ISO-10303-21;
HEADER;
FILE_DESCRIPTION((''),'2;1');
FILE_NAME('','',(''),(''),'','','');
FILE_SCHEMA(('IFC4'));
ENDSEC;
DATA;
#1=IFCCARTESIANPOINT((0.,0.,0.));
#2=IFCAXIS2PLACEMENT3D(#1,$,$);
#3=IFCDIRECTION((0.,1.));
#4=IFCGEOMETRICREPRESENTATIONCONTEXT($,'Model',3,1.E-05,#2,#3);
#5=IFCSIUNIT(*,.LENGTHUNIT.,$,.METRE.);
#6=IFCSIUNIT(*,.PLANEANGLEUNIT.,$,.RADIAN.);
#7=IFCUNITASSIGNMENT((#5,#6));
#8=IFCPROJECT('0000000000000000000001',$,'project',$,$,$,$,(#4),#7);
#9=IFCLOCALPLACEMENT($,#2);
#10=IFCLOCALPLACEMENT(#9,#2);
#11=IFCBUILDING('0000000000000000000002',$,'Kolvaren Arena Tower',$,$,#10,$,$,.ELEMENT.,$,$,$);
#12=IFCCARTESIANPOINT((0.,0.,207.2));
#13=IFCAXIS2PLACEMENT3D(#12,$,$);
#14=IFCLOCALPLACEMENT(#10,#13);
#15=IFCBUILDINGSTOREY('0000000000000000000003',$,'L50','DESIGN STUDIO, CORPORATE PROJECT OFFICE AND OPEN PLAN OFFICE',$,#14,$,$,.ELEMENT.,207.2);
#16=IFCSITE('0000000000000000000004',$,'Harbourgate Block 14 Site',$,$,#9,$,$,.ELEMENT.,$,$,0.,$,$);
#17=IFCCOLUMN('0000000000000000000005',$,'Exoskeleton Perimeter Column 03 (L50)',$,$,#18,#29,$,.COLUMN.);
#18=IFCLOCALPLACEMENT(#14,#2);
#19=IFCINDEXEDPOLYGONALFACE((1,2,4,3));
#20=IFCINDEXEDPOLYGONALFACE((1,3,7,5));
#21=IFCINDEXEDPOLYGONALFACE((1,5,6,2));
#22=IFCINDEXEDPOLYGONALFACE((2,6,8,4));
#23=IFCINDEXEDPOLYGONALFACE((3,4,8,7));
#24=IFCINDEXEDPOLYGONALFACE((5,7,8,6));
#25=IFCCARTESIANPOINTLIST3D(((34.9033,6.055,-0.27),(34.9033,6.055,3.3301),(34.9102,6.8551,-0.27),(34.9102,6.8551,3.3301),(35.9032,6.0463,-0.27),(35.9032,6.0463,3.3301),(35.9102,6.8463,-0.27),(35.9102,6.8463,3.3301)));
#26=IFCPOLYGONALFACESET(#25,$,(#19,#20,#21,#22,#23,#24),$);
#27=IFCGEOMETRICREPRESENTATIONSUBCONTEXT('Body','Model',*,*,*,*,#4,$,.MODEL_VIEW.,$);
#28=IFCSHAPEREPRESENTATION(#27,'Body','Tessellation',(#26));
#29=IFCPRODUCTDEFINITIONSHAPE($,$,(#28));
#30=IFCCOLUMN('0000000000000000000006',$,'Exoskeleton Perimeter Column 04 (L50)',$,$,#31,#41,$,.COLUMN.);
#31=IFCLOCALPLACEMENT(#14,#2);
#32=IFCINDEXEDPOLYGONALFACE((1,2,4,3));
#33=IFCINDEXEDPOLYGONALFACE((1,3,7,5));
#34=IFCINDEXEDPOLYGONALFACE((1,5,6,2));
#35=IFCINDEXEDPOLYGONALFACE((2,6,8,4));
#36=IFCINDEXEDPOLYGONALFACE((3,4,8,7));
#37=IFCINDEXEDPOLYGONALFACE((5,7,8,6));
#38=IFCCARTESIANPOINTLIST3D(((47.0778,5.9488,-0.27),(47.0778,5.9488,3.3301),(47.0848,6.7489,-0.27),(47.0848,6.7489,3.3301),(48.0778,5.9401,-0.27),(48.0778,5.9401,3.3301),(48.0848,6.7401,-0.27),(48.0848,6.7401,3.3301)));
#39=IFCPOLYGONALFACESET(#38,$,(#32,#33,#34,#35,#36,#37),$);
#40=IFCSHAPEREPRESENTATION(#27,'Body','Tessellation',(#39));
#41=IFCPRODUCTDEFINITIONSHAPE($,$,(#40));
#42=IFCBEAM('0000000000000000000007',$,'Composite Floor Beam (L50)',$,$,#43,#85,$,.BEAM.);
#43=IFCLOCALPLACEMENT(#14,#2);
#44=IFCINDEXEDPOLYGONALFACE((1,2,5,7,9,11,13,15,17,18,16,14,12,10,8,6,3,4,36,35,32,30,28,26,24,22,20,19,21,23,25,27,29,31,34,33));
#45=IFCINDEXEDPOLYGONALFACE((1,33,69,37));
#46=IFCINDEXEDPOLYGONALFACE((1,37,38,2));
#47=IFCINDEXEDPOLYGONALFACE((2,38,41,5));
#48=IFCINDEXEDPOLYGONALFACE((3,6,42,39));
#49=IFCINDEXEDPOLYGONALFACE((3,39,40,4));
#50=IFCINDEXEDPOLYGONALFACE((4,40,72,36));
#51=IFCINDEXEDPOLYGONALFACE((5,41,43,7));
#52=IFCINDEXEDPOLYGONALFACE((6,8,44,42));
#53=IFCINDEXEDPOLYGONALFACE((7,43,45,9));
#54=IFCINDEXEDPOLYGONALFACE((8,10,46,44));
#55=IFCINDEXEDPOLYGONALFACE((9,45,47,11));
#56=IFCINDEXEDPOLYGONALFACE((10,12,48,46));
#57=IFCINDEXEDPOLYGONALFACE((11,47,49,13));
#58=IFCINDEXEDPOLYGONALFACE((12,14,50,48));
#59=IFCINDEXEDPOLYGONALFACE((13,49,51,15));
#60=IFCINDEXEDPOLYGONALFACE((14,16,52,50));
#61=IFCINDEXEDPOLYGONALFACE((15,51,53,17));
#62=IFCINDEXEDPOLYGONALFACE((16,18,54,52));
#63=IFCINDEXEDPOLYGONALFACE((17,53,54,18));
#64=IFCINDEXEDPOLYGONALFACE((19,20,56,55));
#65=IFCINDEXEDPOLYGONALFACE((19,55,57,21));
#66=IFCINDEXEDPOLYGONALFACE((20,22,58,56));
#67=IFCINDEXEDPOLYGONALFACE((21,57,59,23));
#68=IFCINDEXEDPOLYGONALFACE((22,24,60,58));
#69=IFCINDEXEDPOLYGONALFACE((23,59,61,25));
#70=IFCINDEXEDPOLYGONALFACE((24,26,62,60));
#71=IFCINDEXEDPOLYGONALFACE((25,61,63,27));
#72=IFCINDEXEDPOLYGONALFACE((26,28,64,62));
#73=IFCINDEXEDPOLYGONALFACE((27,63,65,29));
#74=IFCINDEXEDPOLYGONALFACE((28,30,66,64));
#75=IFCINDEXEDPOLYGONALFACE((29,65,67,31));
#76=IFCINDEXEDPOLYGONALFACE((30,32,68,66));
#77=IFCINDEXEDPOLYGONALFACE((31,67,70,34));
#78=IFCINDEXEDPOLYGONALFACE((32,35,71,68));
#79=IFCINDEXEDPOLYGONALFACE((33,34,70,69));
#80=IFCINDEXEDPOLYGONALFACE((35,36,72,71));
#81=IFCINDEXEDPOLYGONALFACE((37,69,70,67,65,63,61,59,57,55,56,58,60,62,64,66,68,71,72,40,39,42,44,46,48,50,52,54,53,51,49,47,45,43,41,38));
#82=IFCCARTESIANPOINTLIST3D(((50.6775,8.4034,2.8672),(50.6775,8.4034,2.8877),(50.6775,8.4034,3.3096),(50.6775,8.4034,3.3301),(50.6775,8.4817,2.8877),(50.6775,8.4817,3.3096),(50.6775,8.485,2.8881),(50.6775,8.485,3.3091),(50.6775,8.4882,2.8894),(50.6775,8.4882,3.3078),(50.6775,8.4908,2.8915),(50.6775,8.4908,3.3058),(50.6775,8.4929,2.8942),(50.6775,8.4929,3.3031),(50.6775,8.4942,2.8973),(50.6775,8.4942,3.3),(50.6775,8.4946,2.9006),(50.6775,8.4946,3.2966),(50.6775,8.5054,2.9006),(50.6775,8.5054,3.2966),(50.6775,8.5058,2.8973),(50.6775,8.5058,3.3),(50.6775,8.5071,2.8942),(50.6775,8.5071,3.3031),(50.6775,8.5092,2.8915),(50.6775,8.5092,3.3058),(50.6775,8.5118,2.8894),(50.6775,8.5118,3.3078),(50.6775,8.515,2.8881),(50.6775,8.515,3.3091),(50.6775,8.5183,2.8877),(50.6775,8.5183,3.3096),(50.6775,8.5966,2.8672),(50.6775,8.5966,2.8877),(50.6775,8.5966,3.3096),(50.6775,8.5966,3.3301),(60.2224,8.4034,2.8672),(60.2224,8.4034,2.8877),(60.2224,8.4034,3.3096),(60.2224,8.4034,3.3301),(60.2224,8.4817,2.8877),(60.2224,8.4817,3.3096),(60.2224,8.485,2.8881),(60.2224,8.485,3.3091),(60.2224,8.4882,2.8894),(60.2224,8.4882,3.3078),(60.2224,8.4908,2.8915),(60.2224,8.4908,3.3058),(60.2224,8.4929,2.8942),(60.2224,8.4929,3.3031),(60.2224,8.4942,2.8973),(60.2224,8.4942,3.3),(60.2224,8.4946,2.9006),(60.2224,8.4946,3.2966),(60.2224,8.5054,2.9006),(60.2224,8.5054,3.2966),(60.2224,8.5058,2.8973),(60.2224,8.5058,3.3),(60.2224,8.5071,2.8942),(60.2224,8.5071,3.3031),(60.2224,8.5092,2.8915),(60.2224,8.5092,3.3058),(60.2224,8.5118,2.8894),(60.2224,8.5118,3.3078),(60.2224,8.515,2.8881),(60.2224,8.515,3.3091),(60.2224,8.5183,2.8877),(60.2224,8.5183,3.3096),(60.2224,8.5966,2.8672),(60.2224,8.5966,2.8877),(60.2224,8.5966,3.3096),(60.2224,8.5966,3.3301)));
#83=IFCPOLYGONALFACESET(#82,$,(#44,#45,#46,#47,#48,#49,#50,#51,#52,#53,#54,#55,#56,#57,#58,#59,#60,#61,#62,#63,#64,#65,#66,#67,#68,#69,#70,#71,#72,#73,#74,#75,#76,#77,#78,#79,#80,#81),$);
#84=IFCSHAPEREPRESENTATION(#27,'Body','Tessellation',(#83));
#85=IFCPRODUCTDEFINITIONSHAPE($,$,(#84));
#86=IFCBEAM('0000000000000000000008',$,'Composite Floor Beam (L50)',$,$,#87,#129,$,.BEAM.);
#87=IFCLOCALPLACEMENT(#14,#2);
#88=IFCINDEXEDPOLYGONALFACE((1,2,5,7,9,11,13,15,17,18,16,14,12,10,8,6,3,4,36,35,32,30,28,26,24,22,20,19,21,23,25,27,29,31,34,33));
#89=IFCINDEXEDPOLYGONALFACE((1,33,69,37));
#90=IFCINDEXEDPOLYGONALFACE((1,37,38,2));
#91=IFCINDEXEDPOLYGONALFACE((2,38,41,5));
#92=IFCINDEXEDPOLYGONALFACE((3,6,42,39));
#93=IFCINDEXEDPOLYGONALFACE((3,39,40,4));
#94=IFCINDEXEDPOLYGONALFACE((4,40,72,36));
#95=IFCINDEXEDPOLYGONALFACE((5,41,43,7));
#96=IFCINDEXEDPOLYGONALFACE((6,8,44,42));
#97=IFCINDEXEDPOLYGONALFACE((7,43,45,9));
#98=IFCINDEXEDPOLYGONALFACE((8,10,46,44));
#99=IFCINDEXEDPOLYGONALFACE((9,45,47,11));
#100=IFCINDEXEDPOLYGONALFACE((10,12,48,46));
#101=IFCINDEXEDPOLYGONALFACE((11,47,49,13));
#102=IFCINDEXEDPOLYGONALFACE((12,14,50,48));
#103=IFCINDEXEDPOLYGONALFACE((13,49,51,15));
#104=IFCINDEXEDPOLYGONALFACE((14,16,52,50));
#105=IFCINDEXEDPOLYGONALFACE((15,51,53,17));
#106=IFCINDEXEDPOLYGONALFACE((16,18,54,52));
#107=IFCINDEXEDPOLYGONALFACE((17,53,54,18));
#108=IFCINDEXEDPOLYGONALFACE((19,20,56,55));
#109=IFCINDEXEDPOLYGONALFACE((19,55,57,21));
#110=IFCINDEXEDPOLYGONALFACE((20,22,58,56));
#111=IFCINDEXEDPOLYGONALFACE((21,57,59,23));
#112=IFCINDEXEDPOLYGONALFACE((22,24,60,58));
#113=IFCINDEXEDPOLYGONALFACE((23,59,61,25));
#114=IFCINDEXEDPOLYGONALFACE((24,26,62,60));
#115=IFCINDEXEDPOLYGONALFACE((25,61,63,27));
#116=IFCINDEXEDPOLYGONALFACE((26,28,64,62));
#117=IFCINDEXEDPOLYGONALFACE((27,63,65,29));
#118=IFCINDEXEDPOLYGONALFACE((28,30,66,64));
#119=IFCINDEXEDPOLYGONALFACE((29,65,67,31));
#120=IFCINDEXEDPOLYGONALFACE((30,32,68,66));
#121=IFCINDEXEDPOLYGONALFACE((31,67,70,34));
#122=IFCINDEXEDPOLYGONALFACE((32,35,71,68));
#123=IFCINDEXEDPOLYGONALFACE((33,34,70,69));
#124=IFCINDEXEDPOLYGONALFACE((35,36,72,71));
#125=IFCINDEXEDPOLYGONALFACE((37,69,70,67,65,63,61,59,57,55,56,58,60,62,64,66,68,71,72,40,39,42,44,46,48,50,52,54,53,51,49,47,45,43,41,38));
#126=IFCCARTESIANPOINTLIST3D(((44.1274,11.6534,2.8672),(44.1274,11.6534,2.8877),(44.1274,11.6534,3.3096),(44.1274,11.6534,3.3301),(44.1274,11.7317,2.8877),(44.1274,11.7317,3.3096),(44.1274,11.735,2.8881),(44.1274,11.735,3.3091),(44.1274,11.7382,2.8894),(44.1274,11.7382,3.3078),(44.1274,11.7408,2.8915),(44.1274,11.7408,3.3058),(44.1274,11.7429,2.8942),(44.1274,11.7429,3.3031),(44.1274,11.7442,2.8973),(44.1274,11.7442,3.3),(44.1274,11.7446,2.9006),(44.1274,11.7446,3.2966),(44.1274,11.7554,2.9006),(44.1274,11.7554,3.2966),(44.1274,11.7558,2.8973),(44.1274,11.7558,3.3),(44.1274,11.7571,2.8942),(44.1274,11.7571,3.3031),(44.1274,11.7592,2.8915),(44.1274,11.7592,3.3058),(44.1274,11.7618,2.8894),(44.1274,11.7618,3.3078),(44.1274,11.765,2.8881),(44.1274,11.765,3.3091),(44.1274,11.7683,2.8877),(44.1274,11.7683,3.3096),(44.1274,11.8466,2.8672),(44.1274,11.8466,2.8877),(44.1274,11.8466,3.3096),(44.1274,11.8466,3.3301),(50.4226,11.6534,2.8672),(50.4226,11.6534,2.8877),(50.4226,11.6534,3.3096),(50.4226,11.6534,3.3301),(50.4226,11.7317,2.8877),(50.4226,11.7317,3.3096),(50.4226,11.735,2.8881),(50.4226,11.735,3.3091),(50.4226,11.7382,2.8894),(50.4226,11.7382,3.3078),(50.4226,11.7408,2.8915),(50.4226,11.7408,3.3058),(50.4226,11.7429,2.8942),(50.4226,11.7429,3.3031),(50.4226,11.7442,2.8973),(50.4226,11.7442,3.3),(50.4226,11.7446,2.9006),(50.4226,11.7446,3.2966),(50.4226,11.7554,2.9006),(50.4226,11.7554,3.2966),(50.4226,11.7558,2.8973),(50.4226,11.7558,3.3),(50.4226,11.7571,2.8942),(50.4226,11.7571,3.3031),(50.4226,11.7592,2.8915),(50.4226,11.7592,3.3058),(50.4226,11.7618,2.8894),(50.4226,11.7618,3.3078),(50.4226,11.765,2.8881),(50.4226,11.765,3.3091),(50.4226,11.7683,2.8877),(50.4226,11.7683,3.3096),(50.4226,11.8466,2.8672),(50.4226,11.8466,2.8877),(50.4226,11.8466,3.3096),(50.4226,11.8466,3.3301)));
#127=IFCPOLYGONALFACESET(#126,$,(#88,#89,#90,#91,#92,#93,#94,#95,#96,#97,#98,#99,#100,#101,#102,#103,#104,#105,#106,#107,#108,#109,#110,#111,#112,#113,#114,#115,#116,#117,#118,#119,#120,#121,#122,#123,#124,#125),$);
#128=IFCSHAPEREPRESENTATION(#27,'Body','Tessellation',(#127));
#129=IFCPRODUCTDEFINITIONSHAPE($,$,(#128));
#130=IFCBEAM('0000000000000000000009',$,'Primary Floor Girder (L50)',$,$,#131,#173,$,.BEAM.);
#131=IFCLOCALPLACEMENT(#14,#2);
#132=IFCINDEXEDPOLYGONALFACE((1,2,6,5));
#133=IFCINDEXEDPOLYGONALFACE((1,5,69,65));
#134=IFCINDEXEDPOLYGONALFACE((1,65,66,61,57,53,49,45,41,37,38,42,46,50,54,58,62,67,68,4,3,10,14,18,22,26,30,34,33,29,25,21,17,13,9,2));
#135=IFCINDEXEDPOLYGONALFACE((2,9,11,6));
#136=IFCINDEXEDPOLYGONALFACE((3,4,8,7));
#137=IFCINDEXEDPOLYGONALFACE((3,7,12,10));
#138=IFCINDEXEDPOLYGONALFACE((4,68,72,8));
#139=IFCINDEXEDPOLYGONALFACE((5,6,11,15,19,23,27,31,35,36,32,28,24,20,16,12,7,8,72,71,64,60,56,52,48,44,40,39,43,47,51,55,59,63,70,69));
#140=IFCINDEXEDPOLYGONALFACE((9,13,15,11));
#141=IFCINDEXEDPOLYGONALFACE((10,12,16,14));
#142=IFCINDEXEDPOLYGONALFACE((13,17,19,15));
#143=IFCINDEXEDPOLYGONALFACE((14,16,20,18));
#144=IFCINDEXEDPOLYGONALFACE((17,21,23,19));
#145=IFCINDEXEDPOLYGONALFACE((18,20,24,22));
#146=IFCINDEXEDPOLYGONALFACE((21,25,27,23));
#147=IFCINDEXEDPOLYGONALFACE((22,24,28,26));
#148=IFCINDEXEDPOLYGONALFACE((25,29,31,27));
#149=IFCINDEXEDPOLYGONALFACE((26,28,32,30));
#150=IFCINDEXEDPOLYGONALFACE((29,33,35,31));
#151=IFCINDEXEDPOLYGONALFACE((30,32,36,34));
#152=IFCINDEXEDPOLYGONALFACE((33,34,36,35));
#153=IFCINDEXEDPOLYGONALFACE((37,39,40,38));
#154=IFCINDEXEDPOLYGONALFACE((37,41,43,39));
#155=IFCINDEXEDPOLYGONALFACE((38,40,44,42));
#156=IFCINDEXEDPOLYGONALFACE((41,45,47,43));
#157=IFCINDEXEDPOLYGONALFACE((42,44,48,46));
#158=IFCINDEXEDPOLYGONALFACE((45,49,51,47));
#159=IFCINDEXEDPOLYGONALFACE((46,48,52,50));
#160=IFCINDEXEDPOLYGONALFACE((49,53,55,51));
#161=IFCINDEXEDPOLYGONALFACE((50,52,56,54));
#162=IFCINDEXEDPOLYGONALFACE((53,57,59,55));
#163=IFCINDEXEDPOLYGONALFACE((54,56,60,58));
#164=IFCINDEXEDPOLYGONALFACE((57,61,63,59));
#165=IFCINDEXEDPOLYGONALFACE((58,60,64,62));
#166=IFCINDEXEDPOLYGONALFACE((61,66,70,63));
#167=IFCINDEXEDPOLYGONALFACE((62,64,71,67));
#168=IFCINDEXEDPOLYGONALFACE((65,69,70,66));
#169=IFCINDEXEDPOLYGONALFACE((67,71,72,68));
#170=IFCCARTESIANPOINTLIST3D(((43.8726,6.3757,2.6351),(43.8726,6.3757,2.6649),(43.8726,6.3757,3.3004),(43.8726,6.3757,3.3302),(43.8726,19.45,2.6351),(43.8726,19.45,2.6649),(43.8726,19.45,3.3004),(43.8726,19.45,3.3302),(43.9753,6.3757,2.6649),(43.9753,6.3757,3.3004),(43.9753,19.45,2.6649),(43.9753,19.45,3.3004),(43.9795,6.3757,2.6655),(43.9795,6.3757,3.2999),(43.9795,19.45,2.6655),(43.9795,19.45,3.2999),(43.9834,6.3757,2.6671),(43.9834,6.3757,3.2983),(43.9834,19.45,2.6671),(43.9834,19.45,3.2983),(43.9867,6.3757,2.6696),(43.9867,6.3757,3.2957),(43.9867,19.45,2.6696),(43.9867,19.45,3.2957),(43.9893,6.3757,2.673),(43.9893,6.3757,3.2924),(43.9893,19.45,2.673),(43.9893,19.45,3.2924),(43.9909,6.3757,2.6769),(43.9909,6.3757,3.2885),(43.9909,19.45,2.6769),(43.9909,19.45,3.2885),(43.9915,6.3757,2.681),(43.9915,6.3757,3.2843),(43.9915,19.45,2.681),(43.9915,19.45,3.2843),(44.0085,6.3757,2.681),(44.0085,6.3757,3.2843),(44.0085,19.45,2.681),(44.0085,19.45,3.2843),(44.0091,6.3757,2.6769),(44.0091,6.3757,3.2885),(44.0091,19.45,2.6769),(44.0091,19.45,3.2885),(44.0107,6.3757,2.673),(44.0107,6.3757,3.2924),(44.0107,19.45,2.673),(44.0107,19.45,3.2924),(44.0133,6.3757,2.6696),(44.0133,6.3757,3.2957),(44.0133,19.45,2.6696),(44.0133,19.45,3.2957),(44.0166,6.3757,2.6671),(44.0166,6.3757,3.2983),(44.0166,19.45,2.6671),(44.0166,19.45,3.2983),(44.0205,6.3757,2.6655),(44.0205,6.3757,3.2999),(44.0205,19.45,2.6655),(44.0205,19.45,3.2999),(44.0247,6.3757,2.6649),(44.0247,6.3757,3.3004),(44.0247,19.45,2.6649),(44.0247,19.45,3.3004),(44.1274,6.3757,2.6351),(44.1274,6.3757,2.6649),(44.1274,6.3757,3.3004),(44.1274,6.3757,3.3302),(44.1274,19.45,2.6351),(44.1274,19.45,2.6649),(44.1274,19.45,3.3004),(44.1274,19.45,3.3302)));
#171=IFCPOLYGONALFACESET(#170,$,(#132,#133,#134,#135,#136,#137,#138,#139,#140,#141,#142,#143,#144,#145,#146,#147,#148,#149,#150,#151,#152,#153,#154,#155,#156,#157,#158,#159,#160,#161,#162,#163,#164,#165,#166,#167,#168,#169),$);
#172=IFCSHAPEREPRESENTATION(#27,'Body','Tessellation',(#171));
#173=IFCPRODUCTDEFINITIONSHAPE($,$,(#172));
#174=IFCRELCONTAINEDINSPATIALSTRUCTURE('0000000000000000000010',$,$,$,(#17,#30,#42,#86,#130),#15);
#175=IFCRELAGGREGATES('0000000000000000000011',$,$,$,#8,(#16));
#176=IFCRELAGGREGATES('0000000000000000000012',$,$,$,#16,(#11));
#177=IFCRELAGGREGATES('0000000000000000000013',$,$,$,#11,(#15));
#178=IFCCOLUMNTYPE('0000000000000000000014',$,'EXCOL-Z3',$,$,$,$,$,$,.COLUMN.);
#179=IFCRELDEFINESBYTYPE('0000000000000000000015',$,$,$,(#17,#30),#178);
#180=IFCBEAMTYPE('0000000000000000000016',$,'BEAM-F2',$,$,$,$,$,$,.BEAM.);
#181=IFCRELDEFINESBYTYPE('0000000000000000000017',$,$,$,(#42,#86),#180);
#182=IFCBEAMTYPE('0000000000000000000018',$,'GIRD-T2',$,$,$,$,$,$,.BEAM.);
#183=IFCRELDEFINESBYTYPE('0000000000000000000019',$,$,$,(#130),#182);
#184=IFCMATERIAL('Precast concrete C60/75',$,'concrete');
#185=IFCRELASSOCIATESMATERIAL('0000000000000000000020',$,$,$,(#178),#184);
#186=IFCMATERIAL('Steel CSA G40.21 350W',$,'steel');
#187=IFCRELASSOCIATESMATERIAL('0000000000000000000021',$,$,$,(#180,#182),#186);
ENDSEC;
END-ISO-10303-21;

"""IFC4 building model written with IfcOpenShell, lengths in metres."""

from ifc_helpers import new_model, si_unit, direction, frame, origin, origin_2d, place, context, subcontext, project, spatial, rectangle, i_section, extrude, material, material_profile, profile_set, type_object, element, save


model = new_model("IFC4")

# Units and contexts
model_context = context("Model", 3, precision=1e-05, world=origin(), true_north=direction((0.0, 1.0)))
body_context = subcontext(model_context, "Body", "Model", "MODEL_VIEW")
ifc_project = project(units=[si_unit("LENGTHUNIT", "METRE"), si_unit("PLANEANGLEUNIT", "RADIAN")], contexts=[model_context])

# Site, building, storey
site_placement = place(None, origin())
site = spatial("IfcSite", under=ifc_project, at=site_placement, Name="Harbourgate Block 14 Site", CompositionType="ELEMENT", RefElevation=0.0)
building_placement = place(site_placement, origin())
building = spatial("IfcBuilding", under=site, at=building_placement, Name="Kolvaren Arena Tower", CompositionType="ELEMENT")
storey_placement = place(building_placement, frame((0.0, 0.0, 207.2)))
storey = spatial("IfcBuildingStorey", under=building, at=storey_placement, Name="L50", Description="DESIGN STUDIO, CORPORATE PROJECT OFFICE AND OPEN PLAN OFFICE", CompositionType="ELEMENT", Elevation=207.2)

# Columns
ifc_material_1 = material(Name="Precast concrete C60/75", Category="concrete")
ifc_material_profile_1 = material_profile(ifc_material_1, rectangle(XDim=1.0, YDim=0.8, at=origin_2d()), Name="RC-1000x800")
ifc_profile_set_1 = profile_set([ifc_material_profile_1], Name="Precast concrete C60/75")
column_type = type_object("IfcColumnType", Name="EXCOL-Z3", PredefinedType="COLUMN", material=ifc_profile_set_1)
for number, where, z_axis, x_axis, name in (
    (1, (35.4067, 6.4507, -0.27), (0.0, 0.0, 1.0), (0.999962, -0.008727, 0.0), "Exoskeleton Perimeter Column 03 (L50)"),
    (2, (47.5813, 6.3445, -0.27), (0.0, 0.0, 1.0), (0.999962, -0.008727, 0.0), "Exoskeleton Perimeter Column 04 (L50)"),
):
    element("IfcColumn", number, at=place(storey_placement, frame(where, z_axis=z_axis, x_axis=x_axis)), inside=storey, type_object=column_type, Name=name, PredefinedType="COLUMN", context=body_context, shape_type="SweptSolid", body=[
        extrude(rectangle(XDim=1.0, YDim=0.8, at=origin_2d()), origin(), (0.0, 0.0, 1.0), 3.6001),
    ])

# Beams
ifc_material_2 = material(Name="Steel CSA G40.21 350W", Category="steel")
ifc_material_profile_2 = material_profile(ifc_material_2, i_section(OverallWidth=0.1931, OverallDepth=0.4629, WebThickness=0.0107, FlangeThickness=0.0205, FilletRadius=0.0129, at=origin_2d()), Name="W460x113")
ifc_profile_set_2 = profile_set([ifc_material_profile_2], Name="Steel CSA G40.21 350W")
beam_type_1 = type_object("IfcBeamType", Name="BEAM-F2", PredefinedType="BEAM", material=ifc_profile_set_2)
beam_1_placement = place(storey_placement, frame((50.6775, 8.5, 3.0986), z_axis=(1.0, 0.0, 0.0), x_axis=(0.0, 1.0, 0.0)))
element("IfcBeam", 3, at=beam_1_placement, inside=storey, type_object=beam_type_1, Name="Composite Floor Beam (L50)", PredefinedType="BEAM", context=body_context, shape_type="SweptSolid", body=[
    extrude(i_section(OverallWidth=0.1931, OverallDepth=0.4629, WebThickness=0.0107, FlangeThickness=0.0205, FilletRadius=0.0129, at=origin_2d()), origin(), (0.0, 0.0, 1.0), 9.5449),
])
beam_2_placement = place(storey_placement, frame((44.1274, 11.75, 3.0986), z_axis=(1.0, 0.0, 0.0), x_axis=(0.0, 1.0, 0.0)))
element("IfcBeam", 4, at=beam_2_placement, inside=storey, type_object=beam_type_1, Name="Composite Floor Beam (L50)", PredefinedType="BEAM", context=body_context, shape_type="SweptSolid", body=[
    extrude(i_section(OverallWidth=0.1931, OverallDepth=0.4629, WebThickness=0.0107, FlangeThickness=0.0205, FilletRadius=0.0129, at=origin_2d()), origin(), (0.0, 0.0, 1.0), 6.2952),
])
ifc_material_profile_3 = material_profile(ifc_material_2, i_section(OverallWidth=0.2549, OverallDepth=0.6951, WebThickness=0.0171, FlangeThickness=0.0298, FilletRadius=0.0161, at=origin_2d()), Name="W690x217")
ifc_profile_set_3 = profile_set([ifc_material_profile_3], Name="Steel CSA G40.21 350W")
beam_type_2 = type_object("IfcBeamType", Name="GIRD-T2", PredefinedType="BEAM", material=ifc_profile_set_3)
beam_3_placement = place(storey_placement, frame((44.0, 6.3757, 2.9827), z_axis=(0.0, 1.0, 0.0), x_axis=(-1.0, 0.0, 0.0)))
element("IfcBeam", 5, at=beam_3_placement, inside=storey, type_object=beam_type_2, Name="Primary Floor Girder (L50)", PredefinedType="BEAM", context=body_context, shape_type="SweptSolid", body=[
    extrude(i_section(OverallWidth=0.2549, OverallDepth=0.6951, WebThickness=0.0171, FlangeThickness=0.0298, FilletRadius=0.0161, at=origin_2d()), origin(), (0.0, 0.0, 1.0), 13.0742),
])

save(model, "model.ifc")
